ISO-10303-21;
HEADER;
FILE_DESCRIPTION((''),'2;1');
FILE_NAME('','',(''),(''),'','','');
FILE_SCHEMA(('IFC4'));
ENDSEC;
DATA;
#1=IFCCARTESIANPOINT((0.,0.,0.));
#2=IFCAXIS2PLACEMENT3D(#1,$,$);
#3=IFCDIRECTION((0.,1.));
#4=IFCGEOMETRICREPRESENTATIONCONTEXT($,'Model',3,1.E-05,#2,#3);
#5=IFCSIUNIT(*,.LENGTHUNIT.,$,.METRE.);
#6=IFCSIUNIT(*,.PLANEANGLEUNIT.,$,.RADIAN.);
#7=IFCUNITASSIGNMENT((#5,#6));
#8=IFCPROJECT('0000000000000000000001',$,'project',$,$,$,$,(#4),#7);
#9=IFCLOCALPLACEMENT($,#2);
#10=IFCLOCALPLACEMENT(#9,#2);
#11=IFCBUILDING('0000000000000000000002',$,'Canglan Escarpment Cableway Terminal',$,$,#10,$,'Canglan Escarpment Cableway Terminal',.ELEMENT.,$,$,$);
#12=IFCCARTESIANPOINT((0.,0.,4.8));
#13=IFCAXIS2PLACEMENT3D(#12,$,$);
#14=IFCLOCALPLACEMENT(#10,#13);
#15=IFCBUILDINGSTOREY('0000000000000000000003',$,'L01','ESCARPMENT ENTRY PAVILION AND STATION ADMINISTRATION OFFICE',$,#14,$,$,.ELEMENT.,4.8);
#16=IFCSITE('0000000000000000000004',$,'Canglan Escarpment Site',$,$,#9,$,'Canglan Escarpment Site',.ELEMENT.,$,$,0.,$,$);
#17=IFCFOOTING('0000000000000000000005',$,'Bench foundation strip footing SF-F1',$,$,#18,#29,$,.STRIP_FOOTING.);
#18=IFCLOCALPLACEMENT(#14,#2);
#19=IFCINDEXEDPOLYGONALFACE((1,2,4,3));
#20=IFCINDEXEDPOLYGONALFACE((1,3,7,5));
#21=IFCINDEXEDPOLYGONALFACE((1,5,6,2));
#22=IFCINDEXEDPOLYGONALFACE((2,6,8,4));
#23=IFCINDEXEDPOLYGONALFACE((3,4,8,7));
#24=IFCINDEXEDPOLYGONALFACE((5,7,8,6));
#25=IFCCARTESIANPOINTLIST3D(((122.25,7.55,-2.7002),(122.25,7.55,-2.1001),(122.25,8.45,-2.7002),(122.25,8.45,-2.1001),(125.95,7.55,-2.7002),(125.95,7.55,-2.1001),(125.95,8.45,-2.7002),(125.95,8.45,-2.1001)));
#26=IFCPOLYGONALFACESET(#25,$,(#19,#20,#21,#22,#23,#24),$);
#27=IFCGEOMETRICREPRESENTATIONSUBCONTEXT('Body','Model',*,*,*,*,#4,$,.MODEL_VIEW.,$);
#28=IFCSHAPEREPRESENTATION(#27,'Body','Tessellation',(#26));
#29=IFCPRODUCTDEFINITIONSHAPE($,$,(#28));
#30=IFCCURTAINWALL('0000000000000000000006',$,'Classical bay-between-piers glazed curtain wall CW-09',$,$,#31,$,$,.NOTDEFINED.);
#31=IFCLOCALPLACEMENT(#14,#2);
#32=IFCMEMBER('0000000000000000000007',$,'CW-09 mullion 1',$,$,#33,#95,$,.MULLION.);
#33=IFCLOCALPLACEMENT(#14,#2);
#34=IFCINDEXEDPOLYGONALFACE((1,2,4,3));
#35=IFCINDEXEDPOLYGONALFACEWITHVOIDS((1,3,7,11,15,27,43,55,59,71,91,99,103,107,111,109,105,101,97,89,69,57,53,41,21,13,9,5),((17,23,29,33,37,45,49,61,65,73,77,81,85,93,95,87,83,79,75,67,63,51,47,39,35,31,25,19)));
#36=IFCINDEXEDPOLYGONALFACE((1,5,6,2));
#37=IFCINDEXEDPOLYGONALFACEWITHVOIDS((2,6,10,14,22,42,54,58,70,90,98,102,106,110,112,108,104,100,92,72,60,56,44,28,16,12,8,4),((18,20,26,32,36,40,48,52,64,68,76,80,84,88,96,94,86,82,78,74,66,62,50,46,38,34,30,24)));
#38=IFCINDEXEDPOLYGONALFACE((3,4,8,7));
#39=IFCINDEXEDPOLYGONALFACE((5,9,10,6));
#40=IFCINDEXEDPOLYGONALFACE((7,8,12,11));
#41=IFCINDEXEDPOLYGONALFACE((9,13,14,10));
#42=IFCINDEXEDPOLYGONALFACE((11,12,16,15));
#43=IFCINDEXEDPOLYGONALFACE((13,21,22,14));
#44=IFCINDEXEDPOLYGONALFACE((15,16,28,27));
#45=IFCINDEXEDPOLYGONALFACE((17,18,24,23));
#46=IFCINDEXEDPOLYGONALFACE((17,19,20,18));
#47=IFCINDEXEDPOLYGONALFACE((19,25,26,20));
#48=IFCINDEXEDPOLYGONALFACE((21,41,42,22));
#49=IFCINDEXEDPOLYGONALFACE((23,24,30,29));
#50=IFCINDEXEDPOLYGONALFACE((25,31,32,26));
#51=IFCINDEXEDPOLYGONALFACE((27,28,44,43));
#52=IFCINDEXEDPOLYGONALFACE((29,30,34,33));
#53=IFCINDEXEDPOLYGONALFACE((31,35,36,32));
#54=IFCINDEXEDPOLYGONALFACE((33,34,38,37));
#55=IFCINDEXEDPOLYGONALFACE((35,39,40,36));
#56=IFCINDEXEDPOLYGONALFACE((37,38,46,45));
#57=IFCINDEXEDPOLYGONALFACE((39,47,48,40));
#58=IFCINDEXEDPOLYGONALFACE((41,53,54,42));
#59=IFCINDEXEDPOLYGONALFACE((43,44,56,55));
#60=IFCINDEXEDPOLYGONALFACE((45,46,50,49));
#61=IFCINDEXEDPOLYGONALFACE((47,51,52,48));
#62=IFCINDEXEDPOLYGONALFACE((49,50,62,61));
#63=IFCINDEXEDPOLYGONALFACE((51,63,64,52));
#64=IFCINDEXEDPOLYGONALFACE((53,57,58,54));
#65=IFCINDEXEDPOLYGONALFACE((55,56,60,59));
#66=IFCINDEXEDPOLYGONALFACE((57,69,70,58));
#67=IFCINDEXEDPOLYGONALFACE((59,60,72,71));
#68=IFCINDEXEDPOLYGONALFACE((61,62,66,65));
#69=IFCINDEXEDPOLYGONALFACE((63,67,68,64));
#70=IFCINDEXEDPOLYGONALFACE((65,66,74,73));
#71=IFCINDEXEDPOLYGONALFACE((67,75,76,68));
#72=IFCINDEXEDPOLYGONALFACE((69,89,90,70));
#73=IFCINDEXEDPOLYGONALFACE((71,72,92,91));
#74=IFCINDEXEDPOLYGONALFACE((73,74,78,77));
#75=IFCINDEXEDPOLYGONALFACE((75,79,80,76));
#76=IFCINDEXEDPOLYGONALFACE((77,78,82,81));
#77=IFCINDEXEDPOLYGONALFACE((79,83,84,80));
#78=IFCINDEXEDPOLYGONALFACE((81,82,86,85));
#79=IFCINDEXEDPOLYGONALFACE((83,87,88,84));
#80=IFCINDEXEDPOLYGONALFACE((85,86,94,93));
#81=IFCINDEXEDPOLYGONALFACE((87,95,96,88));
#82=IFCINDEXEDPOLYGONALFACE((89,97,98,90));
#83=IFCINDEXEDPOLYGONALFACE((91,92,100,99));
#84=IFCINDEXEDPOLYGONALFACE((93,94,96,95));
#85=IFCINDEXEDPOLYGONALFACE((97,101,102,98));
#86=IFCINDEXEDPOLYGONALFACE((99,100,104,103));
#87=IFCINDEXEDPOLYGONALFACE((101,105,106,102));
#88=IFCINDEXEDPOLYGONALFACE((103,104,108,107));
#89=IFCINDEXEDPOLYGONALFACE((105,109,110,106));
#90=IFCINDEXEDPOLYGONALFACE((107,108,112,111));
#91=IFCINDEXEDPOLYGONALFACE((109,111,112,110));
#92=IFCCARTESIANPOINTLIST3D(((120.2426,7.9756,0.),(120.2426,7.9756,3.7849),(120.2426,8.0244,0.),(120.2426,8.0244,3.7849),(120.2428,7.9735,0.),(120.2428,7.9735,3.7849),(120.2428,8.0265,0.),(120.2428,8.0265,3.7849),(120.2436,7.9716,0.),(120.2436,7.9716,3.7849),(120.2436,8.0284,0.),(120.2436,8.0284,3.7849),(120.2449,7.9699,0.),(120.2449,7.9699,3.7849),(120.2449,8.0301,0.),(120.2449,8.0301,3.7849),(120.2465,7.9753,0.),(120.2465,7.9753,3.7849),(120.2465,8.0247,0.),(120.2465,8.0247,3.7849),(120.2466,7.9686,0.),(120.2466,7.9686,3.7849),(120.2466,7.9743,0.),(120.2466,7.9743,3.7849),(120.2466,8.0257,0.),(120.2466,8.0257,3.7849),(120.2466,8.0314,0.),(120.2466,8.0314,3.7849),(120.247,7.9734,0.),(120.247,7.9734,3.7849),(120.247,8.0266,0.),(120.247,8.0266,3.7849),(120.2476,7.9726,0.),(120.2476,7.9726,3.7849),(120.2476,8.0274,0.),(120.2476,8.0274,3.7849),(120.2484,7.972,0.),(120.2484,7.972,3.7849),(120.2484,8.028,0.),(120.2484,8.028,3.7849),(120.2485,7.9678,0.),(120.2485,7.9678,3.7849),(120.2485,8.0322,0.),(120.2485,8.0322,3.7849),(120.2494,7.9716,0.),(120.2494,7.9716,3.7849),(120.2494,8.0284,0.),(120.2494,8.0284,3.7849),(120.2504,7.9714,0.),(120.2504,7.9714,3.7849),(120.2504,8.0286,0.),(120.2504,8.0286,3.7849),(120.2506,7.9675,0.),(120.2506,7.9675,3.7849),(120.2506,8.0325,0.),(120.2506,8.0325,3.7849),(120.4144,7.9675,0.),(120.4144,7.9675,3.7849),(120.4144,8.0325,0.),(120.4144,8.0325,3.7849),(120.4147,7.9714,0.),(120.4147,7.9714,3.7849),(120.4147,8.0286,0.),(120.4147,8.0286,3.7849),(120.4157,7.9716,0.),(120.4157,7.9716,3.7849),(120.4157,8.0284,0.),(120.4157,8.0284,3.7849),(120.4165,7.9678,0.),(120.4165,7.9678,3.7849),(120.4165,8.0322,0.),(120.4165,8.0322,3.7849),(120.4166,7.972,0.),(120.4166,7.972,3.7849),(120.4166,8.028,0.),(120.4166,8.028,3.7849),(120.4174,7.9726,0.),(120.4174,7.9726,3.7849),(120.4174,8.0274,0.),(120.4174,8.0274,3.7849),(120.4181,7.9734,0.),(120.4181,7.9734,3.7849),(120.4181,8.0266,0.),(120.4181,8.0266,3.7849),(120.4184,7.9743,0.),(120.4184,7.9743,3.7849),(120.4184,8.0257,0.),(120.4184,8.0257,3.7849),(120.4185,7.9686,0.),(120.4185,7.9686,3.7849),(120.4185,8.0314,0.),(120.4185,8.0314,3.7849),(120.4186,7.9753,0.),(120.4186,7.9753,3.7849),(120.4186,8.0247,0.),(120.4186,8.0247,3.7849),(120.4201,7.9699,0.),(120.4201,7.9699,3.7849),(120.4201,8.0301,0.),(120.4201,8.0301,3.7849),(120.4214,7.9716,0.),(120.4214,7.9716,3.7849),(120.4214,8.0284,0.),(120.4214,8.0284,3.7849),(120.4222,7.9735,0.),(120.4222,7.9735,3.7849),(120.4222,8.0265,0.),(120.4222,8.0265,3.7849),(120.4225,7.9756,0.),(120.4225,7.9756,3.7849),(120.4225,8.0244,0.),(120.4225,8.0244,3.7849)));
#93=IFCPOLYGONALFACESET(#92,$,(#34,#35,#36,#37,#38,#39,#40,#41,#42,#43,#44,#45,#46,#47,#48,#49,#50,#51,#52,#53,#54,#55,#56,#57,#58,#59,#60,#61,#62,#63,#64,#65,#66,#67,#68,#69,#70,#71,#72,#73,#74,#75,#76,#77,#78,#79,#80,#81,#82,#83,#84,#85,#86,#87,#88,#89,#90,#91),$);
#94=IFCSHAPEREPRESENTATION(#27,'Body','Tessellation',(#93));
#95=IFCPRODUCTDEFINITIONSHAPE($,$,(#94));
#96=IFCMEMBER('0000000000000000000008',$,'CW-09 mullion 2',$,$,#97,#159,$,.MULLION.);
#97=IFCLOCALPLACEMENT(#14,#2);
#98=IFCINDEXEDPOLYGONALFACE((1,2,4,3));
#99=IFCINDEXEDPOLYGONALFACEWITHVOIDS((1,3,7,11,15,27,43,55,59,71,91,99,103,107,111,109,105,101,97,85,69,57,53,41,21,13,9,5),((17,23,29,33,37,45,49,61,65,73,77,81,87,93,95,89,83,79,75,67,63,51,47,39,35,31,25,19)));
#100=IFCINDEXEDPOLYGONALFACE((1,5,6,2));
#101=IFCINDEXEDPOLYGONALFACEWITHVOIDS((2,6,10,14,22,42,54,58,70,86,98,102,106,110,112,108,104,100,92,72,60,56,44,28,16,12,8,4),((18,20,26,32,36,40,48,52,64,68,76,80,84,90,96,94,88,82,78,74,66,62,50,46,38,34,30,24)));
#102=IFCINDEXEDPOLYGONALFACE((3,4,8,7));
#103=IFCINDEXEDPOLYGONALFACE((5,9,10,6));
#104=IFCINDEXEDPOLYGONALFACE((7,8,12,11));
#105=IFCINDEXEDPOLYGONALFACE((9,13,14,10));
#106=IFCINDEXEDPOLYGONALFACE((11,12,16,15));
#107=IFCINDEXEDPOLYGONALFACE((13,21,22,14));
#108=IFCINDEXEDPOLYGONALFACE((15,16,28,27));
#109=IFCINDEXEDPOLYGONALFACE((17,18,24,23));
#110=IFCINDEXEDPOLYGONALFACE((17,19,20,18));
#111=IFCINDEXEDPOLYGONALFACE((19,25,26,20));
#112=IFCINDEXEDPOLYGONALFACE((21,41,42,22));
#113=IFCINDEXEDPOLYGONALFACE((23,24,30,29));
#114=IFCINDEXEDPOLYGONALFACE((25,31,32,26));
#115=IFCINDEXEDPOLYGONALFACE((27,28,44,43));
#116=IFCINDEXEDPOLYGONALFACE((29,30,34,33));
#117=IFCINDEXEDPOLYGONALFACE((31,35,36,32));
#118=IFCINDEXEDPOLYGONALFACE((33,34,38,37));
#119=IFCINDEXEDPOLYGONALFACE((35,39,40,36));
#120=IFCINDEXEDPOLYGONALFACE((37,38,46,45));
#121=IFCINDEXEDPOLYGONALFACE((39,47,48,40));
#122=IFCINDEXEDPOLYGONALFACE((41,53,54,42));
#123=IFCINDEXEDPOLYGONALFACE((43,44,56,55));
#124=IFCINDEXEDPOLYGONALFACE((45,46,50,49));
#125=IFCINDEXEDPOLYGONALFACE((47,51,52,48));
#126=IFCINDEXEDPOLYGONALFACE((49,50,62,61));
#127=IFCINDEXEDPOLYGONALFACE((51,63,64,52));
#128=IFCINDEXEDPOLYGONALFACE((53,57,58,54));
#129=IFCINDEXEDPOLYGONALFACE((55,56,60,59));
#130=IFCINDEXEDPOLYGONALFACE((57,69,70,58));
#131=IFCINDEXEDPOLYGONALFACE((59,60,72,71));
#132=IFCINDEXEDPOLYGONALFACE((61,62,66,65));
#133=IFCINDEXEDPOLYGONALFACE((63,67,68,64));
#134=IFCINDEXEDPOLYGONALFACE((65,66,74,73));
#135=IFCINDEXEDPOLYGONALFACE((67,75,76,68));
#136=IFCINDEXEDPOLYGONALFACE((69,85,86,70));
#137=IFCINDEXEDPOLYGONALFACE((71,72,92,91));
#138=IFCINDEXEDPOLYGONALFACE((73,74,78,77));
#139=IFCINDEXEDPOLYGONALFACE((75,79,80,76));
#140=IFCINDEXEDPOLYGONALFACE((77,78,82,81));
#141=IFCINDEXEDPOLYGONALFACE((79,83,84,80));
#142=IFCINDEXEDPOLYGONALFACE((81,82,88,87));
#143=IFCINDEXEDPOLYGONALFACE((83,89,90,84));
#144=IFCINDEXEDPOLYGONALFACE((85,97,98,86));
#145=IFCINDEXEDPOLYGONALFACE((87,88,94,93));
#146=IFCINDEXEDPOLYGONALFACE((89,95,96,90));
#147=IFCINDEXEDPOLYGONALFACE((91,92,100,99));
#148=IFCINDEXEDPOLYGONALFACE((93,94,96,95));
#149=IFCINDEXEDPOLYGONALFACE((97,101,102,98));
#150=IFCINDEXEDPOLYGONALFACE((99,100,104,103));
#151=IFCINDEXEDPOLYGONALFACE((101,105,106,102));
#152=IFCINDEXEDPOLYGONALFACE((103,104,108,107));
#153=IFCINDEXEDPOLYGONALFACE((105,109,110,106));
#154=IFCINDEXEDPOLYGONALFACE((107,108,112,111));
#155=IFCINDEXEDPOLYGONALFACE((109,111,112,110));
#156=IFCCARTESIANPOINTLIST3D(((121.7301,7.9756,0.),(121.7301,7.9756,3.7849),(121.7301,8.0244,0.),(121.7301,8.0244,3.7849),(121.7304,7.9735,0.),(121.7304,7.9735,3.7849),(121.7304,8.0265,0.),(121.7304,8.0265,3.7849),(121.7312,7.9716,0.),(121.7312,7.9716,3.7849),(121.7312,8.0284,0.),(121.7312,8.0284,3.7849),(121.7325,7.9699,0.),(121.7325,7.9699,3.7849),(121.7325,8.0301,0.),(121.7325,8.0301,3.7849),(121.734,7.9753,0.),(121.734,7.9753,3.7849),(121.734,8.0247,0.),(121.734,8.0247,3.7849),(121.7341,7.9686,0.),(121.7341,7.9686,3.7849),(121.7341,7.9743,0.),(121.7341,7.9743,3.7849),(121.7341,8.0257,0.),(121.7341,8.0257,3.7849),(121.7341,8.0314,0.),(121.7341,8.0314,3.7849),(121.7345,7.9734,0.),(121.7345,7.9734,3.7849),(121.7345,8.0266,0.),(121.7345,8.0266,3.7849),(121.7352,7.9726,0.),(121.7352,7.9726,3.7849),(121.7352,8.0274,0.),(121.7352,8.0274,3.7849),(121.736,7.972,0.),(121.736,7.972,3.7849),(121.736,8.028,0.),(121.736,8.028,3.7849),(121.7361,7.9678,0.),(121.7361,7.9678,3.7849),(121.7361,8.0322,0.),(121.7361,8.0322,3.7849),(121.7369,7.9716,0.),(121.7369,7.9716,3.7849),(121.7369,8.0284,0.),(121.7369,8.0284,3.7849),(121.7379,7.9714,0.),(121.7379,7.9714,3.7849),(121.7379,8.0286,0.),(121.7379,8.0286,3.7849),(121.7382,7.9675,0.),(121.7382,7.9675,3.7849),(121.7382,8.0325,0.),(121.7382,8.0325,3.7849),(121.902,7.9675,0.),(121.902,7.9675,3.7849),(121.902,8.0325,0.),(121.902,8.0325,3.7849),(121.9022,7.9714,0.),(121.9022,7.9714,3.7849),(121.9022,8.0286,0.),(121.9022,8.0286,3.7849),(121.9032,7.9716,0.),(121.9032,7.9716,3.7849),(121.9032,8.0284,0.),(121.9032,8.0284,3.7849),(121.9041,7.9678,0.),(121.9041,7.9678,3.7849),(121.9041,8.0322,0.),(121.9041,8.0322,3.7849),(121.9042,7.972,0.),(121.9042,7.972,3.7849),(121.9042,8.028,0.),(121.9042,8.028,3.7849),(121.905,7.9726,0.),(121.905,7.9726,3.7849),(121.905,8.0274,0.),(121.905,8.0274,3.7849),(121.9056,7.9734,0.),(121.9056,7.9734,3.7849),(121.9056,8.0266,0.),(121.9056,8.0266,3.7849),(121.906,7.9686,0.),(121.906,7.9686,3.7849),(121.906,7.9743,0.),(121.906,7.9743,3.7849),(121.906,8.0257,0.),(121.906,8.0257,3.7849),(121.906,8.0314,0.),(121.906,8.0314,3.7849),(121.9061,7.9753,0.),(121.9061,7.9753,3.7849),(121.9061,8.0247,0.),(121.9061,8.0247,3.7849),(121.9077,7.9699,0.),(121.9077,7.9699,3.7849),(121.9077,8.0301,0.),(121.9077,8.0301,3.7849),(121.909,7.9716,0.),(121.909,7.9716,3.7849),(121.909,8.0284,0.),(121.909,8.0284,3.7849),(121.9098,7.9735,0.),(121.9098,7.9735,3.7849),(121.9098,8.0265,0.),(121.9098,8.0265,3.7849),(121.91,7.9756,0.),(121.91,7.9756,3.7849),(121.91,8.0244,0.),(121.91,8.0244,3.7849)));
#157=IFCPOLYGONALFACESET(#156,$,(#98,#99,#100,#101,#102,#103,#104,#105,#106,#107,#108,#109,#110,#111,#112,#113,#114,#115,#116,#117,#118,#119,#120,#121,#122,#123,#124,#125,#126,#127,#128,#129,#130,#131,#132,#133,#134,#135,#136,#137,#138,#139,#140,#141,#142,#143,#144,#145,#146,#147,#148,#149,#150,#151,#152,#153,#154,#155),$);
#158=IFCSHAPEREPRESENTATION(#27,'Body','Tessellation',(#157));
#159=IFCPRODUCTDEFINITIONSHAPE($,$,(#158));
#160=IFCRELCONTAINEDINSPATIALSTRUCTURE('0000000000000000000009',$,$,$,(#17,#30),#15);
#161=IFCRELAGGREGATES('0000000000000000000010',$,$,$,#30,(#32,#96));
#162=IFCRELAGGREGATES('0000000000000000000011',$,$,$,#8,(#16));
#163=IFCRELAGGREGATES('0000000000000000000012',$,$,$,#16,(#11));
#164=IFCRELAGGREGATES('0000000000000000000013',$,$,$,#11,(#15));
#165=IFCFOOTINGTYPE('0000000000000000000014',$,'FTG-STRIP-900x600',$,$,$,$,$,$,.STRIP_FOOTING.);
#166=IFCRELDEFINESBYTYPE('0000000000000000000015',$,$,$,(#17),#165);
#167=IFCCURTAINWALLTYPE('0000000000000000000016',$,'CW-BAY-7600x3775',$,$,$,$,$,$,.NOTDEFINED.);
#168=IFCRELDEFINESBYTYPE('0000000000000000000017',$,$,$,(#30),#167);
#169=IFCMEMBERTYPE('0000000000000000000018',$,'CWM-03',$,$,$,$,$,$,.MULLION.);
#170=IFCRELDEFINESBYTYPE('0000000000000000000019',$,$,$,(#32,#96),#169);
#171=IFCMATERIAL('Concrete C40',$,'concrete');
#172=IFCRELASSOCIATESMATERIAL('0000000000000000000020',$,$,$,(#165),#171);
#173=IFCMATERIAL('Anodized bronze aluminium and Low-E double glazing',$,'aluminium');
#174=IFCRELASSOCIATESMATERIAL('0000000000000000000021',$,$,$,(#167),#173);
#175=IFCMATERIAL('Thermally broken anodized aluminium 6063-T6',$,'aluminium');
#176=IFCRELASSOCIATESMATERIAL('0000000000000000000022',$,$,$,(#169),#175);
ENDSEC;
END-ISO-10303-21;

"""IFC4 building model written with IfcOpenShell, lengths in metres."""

from ifc_helpers import new_model, si_unit, direction, frame, origin, origin_2d, place, context, subcontext, project, spatial, rectangle, hollow_rectangle, extrude, material, material_profile, profile_set, type_object, element, aggregate, save


model = new_model("IFC4")

# Units and contexts
model_context = context("Model", 3, precision=1e-05, world=origin(), true_north=direction((0.0, 1.0)))
body_context = subcontext(model_context, "Body", "Model", "MODEL_VIEW")
ifc_project = project(units=[si_unit("LENGTHUNIT", "METRE"), si_unit("PLANEANGLEUNIT", "RADIAN")], contexts=[model_context])

# Site, building, storey
site_placement = place(None, origin())
site = spatial("IfcSite", under=ifc_project, at=site_placement, Name="Canglan Escarpment Site", LongName="Canglan Escarpment Site", CompositionType="ELEMENT", RefElevation=0.0)
building_placement = place(site_placement, origin())
building = spatial("IfcBuilding", under=site, at=building_placement, Name="Canglan Escarpment Cableway Terminal", LongName="Canglan Escarpment Cableway Terminal", CompositionType="ELEMENT")
storey_placement = place(building_placement, frame((0.0, 0.0, 4.8)))
storey = spatial("IfcBuildingStorey", under=building, at=storey_placement, Name="L01", Description="ESCARPMENT ENTRY PAVILION AND STATION ADMINISTRATION OFFICE", CompositionType="ELEMENT", Elevation=4.8)

# Footing
ifc_material_1 = material(Name="Concrete C40", Category="concrete")
ifc_material_profile_1 = material_profile(ifc_material_1, rectangle(XDim=0.8999, YDim=0.6001, at=origin_2d()), Name="SF 900x600")
ifc_profile_set_1 = profile_set([ifc_material_profile_1], Name="Concrete C40")
footing_type = type_object("IfcFootingType", Name="FTG-STRIP-900x600", PredefinedType="STRIP_FOOTING", material=ifc_profile_set_1)
footing_placement = place(storey_placement, frame((122.25, 8.0, -2.4001), z_axis=(1.0, 0.0, 0.0), x_axis=(0.0, 1.0, 0.0)))
element("IfcFooting", 1, at=footing_placement, inside=storey, type_object=footing_type, Name="Bench foundation strip footing SF-F1", PredefinedType="STRIP_FOOTING", context=body_context, shape_type="SweptSolid", body=[
    extrude(rectangle(XDim=0.8999, YDim=0.6001, at=origin_2d()), origin(), (0.0, 0.0, 1.0), 3.7),
])

# Curtain wall, members
ifc_material_2 = material(Name="Anodized bronze aluminium and Low-E double glazing", Category="aluminium")
curtain_wall_type = type_object("IfcCurtainWallType", Name="CW-BAY-7600x3775", PredefinedType="NOTDEFINED", material=ifc_material_2)
curtain_wall_placement = place(storey_placement, origin())
curtain_wall = element("IfcCurtainWall", 2, at=curtain_wall_placement, inside=storey, type_object=curtain_wall_type, Name="Classical bay-between-piers glazed curtain wall CW-09", PredefinedType="NOTDEFINED")
ifc_material_3 = material(Name="Thermally broken anodized aluminium 6063-T6", Category="aluminium")
ifc_material_profile_2 = material_profile(ifc_material_3, hollow_rectangle(XDim=0.0649, YDim=0.1799, WallThickness=0.0039, InnerFilletRadius=0.0039, OuterFilletRadius=0.0081, at=origin_2d()), Name="ALU-MULL 65x180x4")
ifc_profile_set_2 = profile_set([ifc_material_profile_2], Name="Thermally broken anodized aluminium 6063-T6")
member_type_1 = type_object("IfcMemberType", Name="CWM-03", PredefinedType="MULLION", material=ifc_profile_set_2)
member_1_placement = place(storey_placement, frame((120.3325, 8.0, 0.0), z_axis=(0.0, 0.0, 1.0), x_axis=(0.0, 1.0, 0.0)))
member_1 = element("IfcMember", 3, at=member_1_placement, type_object=member_type_1, Name="CW-09 mullion 1", PredefinedType="MULLION", context=body_context, shape_type="SweptSolid", body=[
    extrude(hollow_rectangle(XDim=0.0649, YDim=0.1799, WallThickness=0.0039, InnerFilletRadius=0.0039, OuterFilletRadius=0.0081, at=origin_2d()), origin(), (0.0, 0.0, 1.0), 3.7849),
])
member_2_placement = place(storey_placement, frame((121.8201, 8.0, 0.0), z_axis=(0.0, 0.0, 1.0), x_axis=(0.0, 1.0, 0.0)))
member_2 = element("IfcMember", 4, at=member_2_placement, type_object=member_type_1, Name="CW-09 mullion 2", PredefinedType="MULLION", context=body_context, shape_type="SweptSolid", body=[
    extrude(hollow_rectangle(XDim=0.0649, YDim=0.1799, WallThickness=0.0039, InnerFilletRadius=0.0039, OuterFilletRadius=0.0081, at=origin_2d()), origin(), (0.0, 0.0, 1.0), 3.7849),
])

aggregate(curtain_wall, [member_1, member_2])

save(model, "model.ifc")
